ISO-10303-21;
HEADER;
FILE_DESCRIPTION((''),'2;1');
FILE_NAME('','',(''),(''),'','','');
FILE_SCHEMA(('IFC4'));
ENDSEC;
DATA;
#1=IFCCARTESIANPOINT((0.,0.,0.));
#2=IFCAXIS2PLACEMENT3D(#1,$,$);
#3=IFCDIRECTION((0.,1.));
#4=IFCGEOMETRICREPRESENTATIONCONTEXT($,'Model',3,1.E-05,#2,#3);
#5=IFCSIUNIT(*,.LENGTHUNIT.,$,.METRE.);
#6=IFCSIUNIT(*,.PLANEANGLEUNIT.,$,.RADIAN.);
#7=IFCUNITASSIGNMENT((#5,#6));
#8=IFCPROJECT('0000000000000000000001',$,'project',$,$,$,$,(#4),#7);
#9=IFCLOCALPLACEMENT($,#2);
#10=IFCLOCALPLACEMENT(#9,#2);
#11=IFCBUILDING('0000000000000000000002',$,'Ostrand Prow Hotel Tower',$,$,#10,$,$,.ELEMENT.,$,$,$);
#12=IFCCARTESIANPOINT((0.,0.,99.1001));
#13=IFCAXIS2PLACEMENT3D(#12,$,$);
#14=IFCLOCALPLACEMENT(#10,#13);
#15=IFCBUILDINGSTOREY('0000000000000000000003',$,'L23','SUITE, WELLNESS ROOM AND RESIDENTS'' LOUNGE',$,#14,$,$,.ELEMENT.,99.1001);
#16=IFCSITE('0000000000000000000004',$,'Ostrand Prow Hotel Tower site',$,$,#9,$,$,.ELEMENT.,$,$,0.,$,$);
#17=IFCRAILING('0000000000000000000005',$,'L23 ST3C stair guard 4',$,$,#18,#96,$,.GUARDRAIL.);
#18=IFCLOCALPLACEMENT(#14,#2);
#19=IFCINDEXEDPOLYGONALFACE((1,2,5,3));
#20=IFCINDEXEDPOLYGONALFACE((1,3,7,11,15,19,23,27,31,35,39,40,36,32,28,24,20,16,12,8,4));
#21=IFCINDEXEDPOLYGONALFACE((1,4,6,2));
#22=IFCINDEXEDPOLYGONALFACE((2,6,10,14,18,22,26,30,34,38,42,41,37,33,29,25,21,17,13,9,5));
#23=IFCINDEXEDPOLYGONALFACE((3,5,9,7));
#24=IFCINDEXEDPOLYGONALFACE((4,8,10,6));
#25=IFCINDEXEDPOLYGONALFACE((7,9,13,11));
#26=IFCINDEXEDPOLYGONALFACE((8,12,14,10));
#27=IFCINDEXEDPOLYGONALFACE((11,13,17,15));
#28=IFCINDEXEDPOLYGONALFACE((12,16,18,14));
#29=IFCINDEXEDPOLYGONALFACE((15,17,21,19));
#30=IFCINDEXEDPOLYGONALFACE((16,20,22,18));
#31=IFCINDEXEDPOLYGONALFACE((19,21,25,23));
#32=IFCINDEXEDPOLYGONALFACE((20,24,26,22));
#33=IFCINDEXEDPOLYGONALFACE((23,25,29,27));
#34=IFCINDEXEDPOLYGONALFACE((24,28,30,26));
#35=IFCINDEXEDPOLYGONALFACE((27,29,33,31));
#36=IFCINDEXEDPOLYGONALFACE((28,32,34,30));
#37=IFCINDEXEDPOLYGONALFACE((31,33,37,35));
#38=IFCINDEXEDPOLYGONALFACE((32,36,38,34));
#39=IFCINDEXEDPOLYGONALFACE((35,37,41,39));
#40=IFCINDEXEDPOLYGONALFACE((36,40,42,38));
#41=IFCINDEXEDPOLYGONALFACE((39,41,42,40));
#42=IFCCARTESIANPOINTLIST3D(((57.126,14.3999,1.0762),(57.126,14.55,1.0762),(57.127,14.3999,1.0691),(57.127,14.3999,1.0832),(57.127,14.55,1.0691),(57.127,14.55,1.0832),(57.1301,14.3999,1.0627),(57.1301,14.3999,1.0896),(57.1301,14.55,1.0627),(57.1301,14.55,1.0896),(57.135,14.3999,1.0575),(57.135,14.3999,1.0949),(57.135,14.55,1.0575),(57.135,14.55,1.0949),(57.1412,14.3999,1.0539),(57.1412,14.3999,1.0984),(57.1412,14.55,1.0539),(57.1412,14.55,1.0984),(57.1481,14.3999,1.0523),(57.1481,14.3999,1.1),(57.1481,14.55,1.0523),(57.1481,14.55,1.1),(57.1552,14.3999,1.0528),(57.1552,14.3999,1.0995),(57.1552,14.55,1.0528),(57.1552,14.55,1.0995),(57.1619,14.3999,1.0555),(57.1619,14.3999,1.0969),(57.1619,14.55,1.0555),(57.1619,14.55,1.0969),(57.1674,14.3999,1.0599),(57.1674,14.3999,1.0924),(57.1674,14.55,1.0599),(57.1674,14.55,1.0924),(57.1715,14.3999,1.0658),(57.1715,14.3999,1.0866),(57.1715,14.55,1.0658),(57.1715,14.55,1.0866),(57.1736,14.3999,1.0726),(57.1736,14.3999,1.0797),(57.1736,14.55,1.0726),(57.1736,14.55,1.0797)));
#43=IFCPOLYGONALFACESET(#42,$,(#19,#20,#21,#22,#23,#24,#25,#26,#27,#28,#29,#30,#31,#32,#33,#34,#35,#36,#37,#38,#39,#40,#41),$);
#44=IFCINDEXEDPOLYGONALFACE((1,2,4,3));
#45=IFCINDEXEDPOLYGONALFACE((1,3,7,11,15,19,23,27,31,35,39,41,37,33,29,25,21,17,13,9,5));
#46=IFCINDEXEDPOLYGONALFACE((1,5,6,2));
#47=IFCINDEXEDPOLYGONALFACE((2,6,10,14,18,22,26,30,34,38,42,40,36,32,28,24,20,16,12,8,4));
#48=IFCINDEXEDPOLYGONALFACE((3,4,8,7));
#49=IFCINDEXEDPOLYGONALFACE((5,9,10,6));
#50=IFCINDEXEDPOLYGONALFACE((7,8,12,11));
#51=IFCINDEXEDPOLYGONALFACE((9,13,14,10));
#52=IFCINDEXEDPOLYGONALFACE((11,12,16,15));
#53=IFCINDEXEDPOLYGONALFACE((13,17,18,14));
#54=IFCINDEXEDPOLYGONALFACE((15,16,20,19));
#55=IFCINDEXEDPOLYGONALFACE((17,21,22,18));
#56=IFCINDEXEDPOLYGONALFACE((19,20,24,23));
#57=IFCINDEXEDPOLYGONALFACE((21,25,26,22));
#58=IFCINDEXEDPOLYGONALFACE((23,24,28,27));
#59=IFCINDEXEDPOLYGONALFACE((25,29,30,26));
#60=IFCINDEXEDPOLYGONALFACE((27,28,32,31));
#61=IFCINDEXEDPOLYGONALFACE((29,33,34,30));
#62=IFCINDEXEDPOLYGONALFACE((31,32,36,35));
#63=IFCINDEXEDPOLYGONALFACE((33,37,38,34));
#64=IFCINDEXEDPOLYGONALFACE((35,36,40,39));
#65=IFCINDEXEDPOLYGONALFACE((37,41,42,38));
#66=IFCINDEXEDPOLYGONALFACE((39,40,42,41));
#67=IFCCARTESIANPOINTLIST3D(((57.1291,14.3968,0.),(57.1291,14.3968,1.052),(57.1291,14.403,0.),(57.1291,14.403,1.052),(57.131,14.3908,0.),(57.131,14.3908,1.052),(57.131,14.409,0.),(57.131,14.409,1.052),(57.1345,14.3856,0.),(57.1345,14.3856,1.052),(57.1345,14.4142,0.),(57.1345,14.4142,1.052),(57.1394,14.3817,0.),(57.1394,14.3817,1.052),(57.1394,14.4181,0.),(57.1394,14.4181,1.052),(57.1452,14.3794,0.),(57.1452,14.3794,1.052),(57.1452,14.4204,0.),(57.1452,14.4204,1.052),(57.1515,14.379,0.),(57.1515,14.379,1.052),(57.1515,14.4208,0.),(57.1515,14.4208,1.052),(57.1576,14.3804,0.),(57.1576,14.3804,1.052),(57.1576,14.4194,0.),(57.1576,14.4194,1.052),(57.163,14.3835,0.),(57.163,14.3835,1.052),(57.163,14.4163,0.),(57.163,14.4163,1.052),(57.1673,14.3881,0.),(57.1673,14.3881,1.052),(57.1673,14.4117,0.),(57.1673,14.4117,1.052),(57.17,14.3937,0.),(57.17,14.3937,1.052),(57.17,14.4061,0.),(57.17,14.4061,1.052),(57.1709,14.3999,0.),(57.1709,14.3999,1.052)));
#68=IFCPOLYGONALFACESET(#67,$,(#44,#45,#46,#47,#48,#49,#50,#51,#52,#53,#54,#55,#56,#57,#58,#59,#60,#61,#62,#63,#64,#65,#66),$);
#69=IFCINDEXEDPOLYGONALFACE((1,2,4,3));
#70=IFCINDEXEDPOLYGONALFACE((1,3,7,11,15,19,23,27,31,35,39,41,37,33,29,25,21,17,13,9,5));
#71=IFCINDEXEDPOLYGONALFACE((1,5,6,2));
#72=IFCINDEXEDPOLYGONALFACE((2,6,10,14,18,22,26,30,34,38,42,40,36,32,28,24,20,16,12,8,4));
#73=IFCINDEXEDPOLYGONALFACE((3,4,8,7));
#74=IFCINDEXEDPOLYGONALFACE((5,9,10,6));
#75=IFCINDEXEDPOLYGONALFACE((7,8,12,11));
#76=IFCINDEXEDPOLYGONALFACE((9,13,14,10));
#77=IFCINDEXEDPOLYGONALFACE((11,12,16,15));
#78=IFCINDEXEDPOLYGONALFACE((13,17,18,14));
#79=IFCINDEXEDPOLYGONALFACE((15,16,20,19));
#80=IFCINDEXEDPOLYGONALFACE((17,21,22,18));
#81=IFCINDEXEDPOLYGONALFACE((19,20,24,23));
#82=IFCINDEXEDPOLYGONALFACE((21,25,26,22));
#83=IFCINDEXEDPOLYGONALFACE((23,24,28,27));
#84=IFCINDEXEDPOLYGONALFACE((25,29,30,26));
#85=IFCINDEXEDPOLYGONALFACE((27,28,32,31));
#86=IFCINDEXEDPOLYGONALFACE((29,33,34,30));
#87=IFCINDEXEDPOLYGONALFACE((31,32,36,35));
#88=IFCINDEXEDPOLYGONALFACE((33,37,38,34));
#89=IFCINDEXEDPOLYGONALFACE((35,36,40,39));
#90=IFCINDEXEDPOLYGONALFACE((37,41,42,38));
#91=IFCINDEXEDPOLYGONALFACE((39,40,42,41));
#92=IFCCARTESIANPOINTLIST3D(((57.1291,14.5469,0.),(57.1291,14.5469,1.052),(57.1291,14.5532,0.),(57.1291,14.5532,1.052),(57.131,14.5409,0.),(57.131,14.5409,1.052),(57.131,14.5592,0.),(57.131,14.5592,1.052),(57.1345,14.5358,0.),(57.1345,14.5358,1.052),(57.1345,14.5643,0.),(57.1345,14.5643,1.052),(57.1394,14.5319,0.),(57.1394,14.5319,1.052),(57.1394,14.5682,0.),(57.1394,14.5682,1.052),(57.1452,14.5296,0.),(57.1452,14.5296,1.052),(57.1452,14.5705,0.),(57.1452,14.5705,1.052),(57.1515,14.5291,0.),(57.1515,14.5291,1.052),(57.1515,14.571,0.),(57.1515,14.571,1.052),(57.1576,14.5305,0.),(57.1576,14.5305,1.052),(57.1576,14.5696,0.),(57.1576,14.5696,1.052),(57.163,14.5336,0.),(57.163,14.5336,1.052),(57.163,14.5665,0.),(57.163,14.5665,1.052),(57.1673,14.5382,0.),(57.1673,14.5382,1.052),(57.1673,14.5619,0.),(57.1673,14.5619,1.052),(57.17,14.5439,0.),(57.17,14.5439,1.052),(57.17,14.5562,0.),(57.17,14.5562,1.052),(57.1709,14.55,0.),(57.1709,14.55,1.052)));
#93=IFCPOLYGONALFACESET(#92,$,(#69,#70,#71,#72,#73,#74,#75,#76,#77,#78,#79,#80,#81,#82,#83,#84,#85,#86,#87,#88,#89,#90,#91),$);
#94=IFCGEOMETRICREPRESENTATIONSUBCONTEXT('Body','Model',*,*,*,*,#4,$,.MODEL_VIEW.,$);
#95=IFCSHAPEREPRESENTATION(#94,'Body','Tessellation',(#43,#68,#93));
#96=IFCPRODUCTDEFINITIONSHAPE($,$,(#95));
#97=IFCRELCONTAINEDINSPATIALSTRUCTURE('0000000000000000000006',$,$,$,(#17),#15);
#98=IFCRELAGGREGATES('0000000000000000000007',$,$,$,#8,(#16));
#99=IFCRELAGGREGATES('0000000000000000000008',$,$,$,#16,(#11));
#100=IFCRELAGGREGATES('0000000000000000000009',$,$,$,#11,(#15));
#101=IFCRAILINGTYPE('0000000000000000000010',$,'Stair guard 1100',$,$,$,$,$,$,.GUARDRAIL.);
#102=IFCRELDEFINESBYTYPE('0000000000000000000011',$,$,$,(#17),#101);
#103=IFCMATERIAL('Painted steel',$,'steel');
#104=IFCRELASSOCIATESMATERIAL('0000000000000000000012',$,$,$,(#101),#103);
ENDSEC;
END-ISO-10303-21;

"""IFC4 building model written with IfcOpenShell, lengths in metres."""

from ifc_helpers import new_model, si_unit, direction, frame, origin, origin_2d, place, context, subcontext, project, spatial, circle, extrude, material, type_object, element, save


model = new_model("IFC4")

# Units and contexts
model_context = context("Model", 3, precision=1e-05, world=origin(), true_north=direction((0.0, 1.0)))
body_context = subcontext(model_context, "Body", "Model", "MODEL_VIEW")
ifc_project = project(units=[si_unit("LENGTHUNIT", "METRE"), si_unit("PLANEANGLEUNIT", "RADIAN")], contexts=[model_context])

# Site, building, storey
site_placement = place(None, origin())
site = spatial("IfcSite", under=ifc_project, at=site_placement, Name="Ostrand Prow Hotel Tower site", CompositionType="ELEMENT", RefElevation=0.0)
building_placement = place(site_placement, origin())
building = spatial("IfcBuilding", under=site, at=building_placement, Name="Ostrand Prow Hotel Tower", CompositionType="ELEMENT")
storey_placement = place(building_placement, frame((0.0, 0.0, 99.1001)))
storey = spatial("IfcBuildingStorey", under=building, at=storey_placement, Name="L23", Description="SUITE, WELLNESS ROOM AND RESIDENTS' LOUNGE", CompositionType="ELEMENT", Elevation=99.1001)

# Railing
ifc_material_1 = material(Name="Painted steel", Category="steel")
railing_type_1 = type_object("IfcRailingType", Name="Stair guard 1100", PredefinedType="GUARDRAIL", material=ifc_material_1)
railing_1_placement = place(storey_placement, frame((57.1499, 14.3999, 0.0)))
element("IfcRailing", 1, at=railing_1_placement, inside=storey, type_object=railing_type_1, Name="L23 ST3C stair guard 4", PredefinedType="GUARDRAIL", context=body_context, shape_type="SweptSolid", body=[
    extrude(circle(Radius=0.0239, at=origin_2d()), frame((0.0, 0.0, 1.0762), z_axis=(0.0, 1.0, 0.0), x_axis=(-1.0, 0.0, 0.0)), (0.0, 0.0, 1.0), 0.1501),
    extrude(circle(Radius=0.021, at=origin_2d()), origin(), (0.0, 0.0, 1.0), 1.052),
    extrude(circle(Radius=0.021, at=origin_2d()), frame((0.0, 0.1501, 0.0)), (0.0, 0.0, 1.0), 1.052),
])

save(model, "model.ifc")
